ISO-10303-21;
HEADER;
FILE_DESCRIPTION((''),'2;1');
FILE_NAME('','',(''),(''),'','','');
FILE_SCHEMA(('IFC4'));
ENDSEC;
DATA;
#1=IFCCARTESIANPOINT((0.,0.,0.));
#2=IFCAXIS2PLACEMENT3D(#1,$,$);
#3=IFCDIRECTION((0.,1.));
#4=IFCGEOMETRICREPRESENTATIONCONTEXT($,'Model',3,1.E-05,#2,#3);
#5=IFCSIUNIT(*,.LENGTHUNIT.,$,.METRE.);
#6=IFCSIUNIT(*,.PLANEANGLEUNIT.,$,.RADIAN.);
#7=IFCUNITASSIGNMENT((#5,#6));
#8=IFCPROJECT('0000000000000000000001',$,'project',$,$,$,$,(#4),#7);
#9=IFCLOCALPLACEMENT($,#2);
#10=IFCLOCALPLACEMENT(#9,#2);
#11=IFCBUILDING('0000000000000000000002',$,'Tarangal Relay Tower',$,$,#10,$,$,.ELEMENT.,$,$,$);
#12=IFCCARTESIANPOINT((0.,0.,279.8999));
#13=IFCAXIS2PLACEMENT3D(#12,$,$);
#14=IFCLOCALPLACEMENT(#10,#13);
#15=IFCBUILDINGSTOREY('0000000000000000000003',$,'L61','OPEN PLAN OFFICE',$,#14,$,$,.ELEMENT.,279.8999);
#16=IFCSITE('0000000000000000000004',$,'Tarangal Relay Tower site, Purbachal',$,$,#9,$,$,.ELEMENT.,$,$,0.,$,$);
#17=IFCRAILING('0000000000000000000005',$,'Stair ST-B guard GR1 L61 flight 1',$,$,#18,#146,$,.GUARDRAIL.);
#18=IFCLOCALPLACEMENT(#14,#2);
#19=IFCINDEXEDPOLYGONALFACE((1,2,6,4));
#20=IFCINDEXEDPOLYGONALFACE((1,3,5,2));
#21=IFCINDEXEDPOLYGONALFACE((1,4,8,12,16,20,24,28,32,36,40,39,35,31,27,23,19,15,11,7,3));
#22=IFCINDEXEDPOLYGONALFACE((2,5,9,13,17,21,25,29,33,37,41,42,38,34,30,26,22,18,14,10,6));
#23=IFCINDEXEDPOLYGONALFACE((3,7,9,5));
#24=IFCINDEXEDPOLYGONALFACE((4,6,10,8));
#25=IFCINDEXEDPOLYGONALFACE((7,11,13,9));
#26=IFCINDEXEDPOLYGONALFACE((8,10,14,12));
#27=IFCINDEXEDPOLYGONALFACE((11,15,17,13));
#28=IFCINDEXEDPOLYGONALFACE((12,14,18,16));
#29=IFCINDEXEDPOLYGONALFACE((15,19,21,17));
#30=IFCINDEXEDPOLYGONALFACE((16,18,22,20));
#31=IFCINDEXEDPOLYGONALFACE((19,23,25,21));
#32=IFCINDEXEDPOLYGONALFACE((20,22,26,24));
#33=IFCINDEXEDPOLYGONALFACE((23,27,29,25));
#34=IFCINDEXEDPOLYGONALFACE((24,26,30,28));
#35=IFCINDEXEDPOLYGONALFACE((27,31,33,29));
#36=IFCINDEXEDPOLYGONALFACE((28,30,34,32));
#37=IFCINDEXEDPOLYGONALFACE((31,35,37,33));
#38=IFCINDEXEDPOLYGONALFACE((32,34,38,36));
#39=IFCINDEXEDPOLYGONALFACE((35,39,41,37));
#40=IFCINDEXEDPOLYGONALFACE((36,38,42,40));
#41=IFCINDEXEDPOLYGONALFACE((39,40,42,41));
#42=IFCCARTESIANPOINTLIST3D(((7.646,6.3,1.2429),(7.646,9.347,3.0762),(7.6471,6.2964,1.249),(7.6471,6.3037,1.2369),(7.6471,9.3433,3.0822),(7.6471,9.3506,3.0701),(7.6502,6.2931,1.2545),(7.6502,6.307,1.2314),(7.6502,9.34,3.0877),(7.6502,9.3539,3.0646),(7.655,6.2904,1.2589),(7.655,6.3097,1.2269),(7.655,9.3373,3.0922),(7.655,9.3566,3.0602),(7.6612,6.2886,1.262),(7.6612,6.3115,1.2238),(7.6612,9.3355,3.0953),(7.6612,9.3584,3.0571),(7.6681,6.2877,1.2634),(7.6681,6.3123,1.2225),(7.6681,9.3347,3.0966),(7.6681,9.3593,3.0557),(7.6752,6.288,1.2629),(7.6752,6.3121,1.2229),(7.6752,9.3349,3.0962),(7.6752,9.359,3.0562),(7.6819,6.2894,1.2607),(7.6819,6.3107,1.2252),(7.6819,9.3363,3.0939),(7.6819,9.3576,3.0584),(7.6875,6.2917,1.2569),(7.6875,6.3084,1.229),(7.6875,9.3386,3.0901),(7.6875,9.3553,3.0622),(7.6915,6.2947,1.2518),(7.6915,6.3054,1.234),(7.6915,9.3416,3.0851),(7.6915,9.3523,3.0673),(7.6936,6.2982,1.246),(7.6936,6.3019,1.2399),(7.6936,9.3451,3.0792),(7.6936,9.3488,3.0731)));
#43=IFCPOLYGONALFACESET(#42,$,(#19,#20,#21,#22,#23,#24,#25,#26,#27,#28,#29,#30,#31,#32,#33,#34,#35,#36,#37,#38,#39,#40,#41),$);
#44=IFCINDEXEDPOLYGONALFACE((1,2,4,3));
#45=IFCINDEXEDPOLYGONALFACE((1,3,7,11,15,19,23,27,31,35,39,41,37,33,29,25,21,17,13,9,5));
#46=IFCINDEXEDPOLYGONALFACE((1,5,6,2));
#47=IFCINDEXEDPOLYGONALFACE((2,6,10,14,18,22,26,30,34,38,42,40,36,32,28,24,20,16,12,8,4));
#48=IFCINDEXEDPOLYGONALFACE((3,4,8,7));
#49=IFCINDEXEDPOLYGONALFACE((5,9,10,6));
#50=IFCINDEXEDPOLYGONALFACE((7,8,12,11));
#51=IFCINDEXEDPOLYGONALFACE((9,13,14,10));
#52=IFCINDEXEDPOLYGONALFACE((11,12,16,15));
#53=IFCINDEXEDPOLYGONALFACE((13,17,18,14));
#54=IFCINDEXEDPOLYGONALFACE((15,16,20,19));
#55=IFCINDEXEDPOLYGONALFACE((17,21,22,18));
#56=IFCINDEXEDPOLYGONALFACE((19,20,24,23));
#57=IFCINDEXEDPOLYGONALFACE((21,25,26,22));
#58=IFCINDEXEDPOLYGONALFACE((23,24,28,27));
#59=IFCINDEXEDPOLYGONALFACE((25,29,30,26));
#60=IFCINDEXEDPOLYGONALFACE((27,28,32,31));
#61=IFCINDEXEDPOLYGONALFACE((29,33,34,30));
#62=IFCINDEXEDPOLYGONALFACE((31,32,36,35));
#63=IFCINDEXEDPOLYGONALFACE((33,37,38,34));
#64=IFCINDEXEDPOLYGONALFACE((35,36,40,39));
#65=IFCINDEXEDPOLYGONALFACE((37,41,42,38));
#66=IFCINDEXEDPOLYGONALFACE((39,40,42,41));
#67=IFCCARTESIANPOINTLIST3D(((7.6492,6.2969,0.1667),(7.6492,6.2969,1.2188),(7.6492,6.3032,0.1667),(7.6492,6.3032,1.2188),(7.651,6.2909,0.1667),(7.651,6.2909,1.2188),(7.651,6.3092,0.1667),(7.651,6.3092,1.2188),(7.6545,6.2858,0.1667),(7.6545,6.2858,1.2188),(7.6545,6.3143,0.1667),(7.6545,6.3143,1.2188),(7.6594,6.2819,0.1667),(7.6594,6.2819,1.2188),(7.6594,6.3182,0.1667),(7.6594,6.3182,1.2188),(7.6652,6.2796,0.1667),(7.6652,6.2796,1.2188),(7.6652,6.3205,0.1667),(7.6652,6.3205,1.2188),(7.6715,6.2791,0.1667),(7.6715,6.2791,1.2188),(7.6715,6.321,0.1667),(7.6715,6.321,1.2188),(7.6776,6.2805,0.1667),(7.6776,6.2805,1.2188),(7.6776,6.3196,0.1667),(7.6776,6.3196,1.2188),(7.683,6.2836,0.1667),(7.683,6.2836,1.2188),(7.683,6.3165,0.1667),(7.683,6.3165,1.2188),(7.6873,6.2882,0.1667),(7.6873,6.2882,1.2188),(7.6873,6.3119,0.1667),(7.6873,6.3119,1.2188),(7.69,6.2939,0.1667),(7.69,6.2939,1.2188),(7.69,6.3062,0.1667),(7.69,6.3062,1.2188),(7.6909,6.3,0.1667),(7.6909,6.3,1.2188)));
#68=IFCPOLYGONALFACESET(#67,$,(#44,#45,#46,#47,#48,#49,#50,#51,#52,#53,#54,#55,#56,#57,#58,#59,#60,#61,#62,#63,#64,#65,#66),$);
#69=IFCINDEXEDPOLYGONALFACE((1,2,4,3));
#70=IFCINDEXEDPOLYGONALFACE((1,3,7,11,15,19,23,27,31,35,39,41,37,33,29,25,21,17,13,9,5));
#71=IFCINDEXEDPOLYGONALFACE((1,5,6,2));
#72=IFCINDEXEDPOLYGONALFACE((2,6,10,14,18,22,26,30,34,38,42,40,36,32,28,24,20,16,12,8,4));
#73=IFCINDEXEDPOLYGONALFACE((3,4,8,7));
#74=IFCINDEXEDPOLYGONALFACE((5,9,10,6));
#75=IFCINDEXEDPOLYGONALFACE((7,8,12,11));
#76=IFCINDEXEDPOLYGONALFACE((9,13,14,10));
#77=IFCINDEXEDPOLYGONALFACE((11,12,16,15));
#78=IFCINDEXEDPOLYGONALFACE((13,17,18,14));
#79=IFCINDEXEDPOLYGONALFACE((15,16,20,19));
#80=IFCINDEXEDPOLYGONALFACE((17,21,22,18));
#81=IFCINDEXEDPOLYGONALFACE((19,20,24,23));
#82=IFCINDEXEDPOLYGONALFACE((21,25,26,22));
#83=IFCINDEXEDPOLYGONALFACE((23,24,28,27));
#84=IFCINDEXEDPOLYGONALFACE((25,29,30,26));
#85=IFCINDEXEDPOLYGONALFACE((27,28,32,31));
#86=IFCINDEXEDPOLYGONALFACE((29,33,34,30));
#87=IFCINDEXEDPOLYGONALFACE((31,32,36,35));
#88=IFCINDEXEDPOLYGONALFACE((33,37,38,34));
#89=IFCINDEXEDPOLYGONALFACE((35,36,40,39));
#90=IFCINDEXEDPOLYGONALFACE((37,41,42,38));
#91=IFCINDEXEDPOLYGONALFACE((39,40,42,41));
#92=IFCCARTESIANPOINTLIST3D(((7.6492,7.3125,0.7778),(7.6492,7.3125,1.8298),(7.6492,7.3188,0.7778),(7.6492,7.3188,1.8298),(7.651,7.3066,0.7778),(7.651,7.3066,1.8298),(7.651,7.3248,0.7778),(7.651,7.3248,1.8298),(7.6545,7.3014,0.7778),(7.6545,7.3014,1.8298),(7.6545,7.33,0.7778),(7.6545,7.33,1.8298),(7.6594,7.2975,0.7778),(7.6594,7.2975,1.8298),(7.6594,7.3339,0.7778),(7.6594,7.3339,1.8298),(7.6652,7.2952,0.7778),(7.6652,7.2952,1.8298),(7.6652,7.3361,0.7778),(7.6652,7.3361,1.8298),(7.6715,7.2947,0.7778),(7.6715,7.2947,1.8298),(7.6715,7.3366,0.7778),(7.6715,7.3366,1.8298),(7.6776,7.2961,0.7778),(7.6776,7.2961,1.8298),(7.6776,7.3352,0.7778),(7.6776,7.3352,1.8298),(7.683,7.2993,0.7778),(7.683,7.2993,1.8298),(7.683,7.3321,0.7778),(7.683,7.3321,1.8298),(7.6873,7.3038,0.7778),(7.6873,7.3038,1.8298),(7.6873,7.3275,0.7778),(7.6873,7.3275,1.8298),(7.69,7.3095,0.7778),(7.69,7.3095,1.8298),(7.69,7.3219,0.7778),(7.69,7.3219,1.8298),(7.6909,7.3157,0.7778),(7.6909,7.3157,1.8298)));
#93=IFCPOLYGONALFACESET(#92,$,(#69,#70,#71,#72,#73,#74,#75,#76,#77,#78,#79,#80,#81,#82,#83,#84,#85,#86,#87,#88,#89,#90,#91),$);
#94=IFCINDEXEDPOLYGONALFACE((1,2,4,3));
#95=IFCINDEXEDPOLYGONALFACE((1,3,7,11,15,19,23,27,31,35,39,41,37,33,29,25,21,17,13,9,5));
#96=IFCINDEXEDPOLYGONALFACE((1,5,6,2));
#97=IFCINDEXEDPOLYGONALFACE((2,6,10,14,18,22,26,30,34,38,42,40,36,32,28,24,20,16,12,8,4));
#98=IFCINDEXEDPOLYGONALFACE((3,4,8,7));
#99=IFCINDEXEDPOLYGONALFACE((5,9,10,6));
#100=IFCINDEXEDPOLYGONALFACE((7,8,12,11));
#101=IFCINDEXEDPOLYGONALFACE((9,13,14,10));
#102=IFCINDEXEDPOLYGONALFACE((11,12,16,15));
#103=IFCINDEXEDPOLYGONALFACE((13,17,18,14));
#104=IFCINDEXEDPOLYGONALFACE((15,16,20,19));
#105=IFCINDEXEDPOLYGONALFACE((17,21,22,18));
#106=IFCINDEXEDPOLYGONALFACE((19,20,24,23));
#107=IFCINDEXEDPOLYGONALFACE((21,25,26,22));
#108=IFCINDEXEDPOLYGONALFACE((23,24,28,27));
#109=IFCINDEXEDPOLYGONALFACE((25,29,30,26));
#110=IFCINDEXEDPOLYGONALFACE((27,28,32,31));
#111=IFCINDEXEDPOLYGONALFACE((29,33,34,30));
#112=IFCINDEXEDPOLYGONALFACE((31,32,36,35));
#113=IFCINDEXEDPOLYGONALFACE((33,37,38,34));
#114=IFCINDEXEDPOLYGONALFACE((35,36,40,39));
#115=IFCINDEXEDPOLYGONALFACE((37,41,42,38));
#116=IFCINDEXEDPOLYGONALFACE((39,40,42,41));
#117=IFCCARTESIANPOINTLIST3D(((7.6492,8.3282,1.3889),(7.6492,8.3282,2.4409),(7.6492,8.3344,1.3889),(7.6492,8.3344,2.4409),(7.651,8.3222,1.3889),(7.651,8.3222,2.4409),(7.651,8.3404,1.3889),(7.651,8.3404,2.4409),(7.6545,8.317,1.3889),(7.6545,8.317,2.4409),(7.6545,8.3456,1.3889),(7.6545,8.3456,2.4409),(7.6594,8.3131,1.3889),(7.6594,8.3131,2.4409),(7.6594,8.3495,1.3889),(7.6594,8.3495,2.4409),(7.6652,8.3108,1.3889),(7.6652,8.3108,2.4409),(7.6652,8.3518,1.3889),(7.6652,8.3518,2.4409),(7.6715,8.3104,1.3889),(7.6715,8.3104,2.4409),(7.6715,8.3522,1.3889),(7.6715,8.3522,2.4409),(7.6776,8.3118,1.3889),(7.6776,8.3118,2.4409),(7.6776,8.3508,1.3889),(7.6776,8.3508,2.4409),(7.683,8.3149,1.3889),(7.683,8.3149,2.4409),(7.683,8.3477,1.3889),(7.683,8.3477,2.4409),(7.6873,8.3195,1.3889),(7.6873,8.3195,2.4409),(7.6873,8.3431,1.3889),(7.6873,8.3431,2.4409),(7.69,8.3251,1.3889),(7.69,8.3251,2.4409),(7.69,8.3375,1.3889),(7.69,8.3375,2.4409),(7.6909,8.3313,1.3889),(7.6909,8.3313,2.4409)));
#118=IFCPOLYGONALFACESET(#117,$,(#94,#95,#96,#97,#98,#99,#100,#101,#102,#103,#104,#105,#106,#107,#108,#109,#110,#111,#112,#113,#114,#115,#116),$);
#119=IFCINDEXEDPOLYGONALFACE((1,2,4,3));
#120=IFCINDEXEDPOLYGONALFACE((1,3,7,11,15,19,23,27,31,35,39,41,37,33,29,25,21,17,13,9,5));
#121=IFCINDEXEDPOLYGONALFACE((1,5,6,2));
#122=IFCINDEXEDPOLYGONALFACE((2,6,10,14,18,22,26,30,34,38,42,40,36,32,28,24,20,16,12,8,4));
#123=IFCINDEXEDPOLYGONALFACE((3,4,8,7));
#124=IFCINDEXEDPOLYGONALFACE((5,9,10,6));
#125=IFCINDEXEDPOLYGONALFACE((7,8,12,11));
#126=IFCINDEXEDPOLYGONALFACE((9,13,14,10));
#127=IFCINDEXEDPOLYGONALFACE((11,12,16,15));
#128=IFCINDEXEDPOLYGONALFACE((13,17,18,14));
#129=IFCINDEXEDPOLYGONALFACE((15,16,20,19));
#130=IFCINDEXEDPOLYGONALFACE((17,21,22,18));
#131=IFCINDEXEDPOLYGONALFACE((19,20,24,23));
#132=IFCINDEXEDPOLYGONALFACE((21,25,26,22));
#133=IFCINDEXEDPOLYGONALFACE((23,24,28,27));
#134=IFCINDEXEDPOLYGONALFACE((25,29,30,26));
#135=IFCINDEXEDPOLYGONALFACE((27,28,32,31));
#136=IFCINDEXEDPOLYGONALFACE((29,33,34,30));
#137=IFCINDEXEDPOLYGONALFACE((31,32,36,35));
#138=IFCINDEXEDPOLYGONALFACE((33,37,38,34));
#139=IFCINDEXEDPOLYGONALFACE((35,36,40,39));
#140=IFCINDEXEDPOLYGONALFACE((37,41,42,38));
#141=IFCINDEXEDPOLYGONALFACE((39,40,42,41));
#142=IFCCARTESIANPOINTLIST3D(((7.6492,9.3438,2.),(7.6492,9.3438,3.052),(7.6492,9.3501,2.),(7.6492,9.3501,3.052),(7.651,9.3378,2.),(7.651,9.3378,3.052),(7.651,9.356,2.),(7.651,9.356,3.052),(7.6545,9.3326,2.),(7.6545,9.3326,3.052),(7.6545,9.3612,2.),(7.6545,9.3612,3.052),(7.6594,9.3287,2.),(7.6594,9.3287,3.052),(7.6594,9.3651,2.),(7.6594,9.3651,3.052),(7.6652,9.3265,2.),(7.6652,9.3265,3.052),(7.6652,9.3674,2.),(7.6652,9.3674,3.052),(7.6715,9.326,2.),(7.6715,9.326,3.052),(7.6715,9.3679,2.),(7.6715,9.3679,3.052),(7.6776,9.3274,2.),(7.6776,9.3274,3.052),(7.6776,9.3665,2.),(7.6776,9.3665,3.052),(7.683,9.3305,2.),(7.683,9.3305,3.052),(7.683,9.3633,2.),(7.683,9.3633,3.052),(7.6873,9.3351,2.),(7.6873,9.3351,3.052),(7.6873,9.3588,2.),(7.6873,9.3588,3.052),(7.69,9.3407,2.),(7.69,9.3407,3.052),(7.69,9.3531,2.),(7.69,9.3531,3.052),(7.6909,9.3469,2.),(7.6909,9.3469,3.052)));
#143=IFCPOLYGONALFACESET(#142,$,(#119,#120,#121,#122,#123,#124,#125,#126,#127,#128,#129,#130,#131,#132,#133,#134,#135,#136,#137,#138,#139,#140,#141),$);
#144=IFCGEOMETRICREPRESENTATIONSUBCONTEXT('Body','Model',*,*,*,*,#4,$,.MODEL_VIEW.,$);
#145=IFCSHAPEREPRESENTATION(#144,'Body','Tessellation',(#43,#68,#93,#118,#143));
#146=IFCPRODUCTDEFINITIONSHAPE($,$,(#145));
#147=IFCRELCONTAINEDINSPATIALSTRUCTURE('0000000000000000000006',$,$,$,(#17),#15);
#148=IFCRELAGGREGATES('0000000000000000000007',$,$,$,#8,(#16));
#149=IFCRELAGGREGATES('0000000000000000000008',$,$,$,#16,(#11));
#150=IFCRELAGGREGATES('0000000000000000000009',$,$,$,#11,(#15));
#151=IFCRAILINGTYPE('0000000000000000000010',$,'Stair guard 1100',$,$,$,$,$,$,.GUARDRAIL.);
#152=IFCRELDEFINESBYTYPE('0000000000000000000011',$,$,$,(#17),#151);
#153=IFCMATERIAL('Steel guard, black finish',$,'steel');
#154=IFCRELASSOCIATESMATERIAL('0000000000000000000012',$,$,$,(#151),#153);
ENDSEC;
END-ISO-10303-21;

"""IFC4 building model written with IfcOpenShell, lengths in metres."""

from ifc_helpers import new_model, si_unit, direction, frame, origin, origin_2d, place, context, subcontext, project, spatial, circle, extrude, material, type_object, element, save


model = new_model("IFC4")

# Units and contexts
model_context = context("Model", 3, precision=1e-05, world=origin(), true_north=direction((0.0, 1.0)))
body_context = subcontext(model_context, "Body", "Model", "MODEL_VIEW")
ifc_project = project(units=[si_unit("LENGTHUNIT", "METRE"), si_unit("PLANEANGLEUNIT", "RADIAN")], contexts=[model_context])

# Site, building, storey
site_placement = place(None, origin())
site = spatial("IfcSite", under=ifc_project, at=site_placement, Name="Tarangal Relay Tower site, Purbachal", CompositionType="ELEMENT", RefElevation=0.0)
building_placement = place(site_placement, origin())
building = spatial("IfcBuilding", under=site, at=building_placement, Name="Tarangal Relay Tower", CompositionType="ELEMENT")
storey_placement = place(building_placement, frame((0.0, 0.0, 279.8999)))
storey = spatial("IfcBuildingStorey", under=building, at=storey_placement, Name="L61", Description="OPEN PLAN OFFICE", CompositionType="ELEMENT", Elevation=279.8999)

# Railing
ifc_material_1 = material(Name="Steel guard, black finish", Category="steel")
railing_type_1 = type_object("IfcRailingType", Name="Stair guard 1100", PredefinedType="GUARDRAIL", material=ifc_material_1)
railing_1_placement = place(storey_placement, frame((7.6699, 6.3, 0.1667)))
element("IfcRailing", 1, at=railing_1_placement, inside=storey, type_object=railing_type_1, Name="Stair ST-B guard GR1 L61 flight 1", PredefinedType="GUARDRAIL", context=body_context, shape_type="SweptSolid", body=[
    extrude(circle(Radius=0.0239, at=origin_2d()), frame((0.0, 0.0, 1.0762), z_axis=(0.0, 0.856856, 0.515556), x_axis=(-1.0, 0.0, 0.0)), (0.0, 0.0, 1.0), 3.5559),
    extrude(circle(Radius=0.021, at=origin_2d()), origin(), (0.0, 0.0, 1.0), 1.052),
    extrude(circle(Radius=0.021, at=origin_2d()), frame((0.0, 1.0156, 0.6111)), (0.0, 0.0, 1.0), 1.052),
    extrude(circle(Radius=0.021, at=origin_2d()), frame((0.0, 2.0312, 1.2222)), (0.0, 0.0, 1.0), 1.052),
    extrude(circle(Radius=0.021, at=origin_2d()), frame((0.0, 3.0469, 1.8333)), (0.0, 0.0, 1.0), 1.052),
])

save(model, "model.ifc")
